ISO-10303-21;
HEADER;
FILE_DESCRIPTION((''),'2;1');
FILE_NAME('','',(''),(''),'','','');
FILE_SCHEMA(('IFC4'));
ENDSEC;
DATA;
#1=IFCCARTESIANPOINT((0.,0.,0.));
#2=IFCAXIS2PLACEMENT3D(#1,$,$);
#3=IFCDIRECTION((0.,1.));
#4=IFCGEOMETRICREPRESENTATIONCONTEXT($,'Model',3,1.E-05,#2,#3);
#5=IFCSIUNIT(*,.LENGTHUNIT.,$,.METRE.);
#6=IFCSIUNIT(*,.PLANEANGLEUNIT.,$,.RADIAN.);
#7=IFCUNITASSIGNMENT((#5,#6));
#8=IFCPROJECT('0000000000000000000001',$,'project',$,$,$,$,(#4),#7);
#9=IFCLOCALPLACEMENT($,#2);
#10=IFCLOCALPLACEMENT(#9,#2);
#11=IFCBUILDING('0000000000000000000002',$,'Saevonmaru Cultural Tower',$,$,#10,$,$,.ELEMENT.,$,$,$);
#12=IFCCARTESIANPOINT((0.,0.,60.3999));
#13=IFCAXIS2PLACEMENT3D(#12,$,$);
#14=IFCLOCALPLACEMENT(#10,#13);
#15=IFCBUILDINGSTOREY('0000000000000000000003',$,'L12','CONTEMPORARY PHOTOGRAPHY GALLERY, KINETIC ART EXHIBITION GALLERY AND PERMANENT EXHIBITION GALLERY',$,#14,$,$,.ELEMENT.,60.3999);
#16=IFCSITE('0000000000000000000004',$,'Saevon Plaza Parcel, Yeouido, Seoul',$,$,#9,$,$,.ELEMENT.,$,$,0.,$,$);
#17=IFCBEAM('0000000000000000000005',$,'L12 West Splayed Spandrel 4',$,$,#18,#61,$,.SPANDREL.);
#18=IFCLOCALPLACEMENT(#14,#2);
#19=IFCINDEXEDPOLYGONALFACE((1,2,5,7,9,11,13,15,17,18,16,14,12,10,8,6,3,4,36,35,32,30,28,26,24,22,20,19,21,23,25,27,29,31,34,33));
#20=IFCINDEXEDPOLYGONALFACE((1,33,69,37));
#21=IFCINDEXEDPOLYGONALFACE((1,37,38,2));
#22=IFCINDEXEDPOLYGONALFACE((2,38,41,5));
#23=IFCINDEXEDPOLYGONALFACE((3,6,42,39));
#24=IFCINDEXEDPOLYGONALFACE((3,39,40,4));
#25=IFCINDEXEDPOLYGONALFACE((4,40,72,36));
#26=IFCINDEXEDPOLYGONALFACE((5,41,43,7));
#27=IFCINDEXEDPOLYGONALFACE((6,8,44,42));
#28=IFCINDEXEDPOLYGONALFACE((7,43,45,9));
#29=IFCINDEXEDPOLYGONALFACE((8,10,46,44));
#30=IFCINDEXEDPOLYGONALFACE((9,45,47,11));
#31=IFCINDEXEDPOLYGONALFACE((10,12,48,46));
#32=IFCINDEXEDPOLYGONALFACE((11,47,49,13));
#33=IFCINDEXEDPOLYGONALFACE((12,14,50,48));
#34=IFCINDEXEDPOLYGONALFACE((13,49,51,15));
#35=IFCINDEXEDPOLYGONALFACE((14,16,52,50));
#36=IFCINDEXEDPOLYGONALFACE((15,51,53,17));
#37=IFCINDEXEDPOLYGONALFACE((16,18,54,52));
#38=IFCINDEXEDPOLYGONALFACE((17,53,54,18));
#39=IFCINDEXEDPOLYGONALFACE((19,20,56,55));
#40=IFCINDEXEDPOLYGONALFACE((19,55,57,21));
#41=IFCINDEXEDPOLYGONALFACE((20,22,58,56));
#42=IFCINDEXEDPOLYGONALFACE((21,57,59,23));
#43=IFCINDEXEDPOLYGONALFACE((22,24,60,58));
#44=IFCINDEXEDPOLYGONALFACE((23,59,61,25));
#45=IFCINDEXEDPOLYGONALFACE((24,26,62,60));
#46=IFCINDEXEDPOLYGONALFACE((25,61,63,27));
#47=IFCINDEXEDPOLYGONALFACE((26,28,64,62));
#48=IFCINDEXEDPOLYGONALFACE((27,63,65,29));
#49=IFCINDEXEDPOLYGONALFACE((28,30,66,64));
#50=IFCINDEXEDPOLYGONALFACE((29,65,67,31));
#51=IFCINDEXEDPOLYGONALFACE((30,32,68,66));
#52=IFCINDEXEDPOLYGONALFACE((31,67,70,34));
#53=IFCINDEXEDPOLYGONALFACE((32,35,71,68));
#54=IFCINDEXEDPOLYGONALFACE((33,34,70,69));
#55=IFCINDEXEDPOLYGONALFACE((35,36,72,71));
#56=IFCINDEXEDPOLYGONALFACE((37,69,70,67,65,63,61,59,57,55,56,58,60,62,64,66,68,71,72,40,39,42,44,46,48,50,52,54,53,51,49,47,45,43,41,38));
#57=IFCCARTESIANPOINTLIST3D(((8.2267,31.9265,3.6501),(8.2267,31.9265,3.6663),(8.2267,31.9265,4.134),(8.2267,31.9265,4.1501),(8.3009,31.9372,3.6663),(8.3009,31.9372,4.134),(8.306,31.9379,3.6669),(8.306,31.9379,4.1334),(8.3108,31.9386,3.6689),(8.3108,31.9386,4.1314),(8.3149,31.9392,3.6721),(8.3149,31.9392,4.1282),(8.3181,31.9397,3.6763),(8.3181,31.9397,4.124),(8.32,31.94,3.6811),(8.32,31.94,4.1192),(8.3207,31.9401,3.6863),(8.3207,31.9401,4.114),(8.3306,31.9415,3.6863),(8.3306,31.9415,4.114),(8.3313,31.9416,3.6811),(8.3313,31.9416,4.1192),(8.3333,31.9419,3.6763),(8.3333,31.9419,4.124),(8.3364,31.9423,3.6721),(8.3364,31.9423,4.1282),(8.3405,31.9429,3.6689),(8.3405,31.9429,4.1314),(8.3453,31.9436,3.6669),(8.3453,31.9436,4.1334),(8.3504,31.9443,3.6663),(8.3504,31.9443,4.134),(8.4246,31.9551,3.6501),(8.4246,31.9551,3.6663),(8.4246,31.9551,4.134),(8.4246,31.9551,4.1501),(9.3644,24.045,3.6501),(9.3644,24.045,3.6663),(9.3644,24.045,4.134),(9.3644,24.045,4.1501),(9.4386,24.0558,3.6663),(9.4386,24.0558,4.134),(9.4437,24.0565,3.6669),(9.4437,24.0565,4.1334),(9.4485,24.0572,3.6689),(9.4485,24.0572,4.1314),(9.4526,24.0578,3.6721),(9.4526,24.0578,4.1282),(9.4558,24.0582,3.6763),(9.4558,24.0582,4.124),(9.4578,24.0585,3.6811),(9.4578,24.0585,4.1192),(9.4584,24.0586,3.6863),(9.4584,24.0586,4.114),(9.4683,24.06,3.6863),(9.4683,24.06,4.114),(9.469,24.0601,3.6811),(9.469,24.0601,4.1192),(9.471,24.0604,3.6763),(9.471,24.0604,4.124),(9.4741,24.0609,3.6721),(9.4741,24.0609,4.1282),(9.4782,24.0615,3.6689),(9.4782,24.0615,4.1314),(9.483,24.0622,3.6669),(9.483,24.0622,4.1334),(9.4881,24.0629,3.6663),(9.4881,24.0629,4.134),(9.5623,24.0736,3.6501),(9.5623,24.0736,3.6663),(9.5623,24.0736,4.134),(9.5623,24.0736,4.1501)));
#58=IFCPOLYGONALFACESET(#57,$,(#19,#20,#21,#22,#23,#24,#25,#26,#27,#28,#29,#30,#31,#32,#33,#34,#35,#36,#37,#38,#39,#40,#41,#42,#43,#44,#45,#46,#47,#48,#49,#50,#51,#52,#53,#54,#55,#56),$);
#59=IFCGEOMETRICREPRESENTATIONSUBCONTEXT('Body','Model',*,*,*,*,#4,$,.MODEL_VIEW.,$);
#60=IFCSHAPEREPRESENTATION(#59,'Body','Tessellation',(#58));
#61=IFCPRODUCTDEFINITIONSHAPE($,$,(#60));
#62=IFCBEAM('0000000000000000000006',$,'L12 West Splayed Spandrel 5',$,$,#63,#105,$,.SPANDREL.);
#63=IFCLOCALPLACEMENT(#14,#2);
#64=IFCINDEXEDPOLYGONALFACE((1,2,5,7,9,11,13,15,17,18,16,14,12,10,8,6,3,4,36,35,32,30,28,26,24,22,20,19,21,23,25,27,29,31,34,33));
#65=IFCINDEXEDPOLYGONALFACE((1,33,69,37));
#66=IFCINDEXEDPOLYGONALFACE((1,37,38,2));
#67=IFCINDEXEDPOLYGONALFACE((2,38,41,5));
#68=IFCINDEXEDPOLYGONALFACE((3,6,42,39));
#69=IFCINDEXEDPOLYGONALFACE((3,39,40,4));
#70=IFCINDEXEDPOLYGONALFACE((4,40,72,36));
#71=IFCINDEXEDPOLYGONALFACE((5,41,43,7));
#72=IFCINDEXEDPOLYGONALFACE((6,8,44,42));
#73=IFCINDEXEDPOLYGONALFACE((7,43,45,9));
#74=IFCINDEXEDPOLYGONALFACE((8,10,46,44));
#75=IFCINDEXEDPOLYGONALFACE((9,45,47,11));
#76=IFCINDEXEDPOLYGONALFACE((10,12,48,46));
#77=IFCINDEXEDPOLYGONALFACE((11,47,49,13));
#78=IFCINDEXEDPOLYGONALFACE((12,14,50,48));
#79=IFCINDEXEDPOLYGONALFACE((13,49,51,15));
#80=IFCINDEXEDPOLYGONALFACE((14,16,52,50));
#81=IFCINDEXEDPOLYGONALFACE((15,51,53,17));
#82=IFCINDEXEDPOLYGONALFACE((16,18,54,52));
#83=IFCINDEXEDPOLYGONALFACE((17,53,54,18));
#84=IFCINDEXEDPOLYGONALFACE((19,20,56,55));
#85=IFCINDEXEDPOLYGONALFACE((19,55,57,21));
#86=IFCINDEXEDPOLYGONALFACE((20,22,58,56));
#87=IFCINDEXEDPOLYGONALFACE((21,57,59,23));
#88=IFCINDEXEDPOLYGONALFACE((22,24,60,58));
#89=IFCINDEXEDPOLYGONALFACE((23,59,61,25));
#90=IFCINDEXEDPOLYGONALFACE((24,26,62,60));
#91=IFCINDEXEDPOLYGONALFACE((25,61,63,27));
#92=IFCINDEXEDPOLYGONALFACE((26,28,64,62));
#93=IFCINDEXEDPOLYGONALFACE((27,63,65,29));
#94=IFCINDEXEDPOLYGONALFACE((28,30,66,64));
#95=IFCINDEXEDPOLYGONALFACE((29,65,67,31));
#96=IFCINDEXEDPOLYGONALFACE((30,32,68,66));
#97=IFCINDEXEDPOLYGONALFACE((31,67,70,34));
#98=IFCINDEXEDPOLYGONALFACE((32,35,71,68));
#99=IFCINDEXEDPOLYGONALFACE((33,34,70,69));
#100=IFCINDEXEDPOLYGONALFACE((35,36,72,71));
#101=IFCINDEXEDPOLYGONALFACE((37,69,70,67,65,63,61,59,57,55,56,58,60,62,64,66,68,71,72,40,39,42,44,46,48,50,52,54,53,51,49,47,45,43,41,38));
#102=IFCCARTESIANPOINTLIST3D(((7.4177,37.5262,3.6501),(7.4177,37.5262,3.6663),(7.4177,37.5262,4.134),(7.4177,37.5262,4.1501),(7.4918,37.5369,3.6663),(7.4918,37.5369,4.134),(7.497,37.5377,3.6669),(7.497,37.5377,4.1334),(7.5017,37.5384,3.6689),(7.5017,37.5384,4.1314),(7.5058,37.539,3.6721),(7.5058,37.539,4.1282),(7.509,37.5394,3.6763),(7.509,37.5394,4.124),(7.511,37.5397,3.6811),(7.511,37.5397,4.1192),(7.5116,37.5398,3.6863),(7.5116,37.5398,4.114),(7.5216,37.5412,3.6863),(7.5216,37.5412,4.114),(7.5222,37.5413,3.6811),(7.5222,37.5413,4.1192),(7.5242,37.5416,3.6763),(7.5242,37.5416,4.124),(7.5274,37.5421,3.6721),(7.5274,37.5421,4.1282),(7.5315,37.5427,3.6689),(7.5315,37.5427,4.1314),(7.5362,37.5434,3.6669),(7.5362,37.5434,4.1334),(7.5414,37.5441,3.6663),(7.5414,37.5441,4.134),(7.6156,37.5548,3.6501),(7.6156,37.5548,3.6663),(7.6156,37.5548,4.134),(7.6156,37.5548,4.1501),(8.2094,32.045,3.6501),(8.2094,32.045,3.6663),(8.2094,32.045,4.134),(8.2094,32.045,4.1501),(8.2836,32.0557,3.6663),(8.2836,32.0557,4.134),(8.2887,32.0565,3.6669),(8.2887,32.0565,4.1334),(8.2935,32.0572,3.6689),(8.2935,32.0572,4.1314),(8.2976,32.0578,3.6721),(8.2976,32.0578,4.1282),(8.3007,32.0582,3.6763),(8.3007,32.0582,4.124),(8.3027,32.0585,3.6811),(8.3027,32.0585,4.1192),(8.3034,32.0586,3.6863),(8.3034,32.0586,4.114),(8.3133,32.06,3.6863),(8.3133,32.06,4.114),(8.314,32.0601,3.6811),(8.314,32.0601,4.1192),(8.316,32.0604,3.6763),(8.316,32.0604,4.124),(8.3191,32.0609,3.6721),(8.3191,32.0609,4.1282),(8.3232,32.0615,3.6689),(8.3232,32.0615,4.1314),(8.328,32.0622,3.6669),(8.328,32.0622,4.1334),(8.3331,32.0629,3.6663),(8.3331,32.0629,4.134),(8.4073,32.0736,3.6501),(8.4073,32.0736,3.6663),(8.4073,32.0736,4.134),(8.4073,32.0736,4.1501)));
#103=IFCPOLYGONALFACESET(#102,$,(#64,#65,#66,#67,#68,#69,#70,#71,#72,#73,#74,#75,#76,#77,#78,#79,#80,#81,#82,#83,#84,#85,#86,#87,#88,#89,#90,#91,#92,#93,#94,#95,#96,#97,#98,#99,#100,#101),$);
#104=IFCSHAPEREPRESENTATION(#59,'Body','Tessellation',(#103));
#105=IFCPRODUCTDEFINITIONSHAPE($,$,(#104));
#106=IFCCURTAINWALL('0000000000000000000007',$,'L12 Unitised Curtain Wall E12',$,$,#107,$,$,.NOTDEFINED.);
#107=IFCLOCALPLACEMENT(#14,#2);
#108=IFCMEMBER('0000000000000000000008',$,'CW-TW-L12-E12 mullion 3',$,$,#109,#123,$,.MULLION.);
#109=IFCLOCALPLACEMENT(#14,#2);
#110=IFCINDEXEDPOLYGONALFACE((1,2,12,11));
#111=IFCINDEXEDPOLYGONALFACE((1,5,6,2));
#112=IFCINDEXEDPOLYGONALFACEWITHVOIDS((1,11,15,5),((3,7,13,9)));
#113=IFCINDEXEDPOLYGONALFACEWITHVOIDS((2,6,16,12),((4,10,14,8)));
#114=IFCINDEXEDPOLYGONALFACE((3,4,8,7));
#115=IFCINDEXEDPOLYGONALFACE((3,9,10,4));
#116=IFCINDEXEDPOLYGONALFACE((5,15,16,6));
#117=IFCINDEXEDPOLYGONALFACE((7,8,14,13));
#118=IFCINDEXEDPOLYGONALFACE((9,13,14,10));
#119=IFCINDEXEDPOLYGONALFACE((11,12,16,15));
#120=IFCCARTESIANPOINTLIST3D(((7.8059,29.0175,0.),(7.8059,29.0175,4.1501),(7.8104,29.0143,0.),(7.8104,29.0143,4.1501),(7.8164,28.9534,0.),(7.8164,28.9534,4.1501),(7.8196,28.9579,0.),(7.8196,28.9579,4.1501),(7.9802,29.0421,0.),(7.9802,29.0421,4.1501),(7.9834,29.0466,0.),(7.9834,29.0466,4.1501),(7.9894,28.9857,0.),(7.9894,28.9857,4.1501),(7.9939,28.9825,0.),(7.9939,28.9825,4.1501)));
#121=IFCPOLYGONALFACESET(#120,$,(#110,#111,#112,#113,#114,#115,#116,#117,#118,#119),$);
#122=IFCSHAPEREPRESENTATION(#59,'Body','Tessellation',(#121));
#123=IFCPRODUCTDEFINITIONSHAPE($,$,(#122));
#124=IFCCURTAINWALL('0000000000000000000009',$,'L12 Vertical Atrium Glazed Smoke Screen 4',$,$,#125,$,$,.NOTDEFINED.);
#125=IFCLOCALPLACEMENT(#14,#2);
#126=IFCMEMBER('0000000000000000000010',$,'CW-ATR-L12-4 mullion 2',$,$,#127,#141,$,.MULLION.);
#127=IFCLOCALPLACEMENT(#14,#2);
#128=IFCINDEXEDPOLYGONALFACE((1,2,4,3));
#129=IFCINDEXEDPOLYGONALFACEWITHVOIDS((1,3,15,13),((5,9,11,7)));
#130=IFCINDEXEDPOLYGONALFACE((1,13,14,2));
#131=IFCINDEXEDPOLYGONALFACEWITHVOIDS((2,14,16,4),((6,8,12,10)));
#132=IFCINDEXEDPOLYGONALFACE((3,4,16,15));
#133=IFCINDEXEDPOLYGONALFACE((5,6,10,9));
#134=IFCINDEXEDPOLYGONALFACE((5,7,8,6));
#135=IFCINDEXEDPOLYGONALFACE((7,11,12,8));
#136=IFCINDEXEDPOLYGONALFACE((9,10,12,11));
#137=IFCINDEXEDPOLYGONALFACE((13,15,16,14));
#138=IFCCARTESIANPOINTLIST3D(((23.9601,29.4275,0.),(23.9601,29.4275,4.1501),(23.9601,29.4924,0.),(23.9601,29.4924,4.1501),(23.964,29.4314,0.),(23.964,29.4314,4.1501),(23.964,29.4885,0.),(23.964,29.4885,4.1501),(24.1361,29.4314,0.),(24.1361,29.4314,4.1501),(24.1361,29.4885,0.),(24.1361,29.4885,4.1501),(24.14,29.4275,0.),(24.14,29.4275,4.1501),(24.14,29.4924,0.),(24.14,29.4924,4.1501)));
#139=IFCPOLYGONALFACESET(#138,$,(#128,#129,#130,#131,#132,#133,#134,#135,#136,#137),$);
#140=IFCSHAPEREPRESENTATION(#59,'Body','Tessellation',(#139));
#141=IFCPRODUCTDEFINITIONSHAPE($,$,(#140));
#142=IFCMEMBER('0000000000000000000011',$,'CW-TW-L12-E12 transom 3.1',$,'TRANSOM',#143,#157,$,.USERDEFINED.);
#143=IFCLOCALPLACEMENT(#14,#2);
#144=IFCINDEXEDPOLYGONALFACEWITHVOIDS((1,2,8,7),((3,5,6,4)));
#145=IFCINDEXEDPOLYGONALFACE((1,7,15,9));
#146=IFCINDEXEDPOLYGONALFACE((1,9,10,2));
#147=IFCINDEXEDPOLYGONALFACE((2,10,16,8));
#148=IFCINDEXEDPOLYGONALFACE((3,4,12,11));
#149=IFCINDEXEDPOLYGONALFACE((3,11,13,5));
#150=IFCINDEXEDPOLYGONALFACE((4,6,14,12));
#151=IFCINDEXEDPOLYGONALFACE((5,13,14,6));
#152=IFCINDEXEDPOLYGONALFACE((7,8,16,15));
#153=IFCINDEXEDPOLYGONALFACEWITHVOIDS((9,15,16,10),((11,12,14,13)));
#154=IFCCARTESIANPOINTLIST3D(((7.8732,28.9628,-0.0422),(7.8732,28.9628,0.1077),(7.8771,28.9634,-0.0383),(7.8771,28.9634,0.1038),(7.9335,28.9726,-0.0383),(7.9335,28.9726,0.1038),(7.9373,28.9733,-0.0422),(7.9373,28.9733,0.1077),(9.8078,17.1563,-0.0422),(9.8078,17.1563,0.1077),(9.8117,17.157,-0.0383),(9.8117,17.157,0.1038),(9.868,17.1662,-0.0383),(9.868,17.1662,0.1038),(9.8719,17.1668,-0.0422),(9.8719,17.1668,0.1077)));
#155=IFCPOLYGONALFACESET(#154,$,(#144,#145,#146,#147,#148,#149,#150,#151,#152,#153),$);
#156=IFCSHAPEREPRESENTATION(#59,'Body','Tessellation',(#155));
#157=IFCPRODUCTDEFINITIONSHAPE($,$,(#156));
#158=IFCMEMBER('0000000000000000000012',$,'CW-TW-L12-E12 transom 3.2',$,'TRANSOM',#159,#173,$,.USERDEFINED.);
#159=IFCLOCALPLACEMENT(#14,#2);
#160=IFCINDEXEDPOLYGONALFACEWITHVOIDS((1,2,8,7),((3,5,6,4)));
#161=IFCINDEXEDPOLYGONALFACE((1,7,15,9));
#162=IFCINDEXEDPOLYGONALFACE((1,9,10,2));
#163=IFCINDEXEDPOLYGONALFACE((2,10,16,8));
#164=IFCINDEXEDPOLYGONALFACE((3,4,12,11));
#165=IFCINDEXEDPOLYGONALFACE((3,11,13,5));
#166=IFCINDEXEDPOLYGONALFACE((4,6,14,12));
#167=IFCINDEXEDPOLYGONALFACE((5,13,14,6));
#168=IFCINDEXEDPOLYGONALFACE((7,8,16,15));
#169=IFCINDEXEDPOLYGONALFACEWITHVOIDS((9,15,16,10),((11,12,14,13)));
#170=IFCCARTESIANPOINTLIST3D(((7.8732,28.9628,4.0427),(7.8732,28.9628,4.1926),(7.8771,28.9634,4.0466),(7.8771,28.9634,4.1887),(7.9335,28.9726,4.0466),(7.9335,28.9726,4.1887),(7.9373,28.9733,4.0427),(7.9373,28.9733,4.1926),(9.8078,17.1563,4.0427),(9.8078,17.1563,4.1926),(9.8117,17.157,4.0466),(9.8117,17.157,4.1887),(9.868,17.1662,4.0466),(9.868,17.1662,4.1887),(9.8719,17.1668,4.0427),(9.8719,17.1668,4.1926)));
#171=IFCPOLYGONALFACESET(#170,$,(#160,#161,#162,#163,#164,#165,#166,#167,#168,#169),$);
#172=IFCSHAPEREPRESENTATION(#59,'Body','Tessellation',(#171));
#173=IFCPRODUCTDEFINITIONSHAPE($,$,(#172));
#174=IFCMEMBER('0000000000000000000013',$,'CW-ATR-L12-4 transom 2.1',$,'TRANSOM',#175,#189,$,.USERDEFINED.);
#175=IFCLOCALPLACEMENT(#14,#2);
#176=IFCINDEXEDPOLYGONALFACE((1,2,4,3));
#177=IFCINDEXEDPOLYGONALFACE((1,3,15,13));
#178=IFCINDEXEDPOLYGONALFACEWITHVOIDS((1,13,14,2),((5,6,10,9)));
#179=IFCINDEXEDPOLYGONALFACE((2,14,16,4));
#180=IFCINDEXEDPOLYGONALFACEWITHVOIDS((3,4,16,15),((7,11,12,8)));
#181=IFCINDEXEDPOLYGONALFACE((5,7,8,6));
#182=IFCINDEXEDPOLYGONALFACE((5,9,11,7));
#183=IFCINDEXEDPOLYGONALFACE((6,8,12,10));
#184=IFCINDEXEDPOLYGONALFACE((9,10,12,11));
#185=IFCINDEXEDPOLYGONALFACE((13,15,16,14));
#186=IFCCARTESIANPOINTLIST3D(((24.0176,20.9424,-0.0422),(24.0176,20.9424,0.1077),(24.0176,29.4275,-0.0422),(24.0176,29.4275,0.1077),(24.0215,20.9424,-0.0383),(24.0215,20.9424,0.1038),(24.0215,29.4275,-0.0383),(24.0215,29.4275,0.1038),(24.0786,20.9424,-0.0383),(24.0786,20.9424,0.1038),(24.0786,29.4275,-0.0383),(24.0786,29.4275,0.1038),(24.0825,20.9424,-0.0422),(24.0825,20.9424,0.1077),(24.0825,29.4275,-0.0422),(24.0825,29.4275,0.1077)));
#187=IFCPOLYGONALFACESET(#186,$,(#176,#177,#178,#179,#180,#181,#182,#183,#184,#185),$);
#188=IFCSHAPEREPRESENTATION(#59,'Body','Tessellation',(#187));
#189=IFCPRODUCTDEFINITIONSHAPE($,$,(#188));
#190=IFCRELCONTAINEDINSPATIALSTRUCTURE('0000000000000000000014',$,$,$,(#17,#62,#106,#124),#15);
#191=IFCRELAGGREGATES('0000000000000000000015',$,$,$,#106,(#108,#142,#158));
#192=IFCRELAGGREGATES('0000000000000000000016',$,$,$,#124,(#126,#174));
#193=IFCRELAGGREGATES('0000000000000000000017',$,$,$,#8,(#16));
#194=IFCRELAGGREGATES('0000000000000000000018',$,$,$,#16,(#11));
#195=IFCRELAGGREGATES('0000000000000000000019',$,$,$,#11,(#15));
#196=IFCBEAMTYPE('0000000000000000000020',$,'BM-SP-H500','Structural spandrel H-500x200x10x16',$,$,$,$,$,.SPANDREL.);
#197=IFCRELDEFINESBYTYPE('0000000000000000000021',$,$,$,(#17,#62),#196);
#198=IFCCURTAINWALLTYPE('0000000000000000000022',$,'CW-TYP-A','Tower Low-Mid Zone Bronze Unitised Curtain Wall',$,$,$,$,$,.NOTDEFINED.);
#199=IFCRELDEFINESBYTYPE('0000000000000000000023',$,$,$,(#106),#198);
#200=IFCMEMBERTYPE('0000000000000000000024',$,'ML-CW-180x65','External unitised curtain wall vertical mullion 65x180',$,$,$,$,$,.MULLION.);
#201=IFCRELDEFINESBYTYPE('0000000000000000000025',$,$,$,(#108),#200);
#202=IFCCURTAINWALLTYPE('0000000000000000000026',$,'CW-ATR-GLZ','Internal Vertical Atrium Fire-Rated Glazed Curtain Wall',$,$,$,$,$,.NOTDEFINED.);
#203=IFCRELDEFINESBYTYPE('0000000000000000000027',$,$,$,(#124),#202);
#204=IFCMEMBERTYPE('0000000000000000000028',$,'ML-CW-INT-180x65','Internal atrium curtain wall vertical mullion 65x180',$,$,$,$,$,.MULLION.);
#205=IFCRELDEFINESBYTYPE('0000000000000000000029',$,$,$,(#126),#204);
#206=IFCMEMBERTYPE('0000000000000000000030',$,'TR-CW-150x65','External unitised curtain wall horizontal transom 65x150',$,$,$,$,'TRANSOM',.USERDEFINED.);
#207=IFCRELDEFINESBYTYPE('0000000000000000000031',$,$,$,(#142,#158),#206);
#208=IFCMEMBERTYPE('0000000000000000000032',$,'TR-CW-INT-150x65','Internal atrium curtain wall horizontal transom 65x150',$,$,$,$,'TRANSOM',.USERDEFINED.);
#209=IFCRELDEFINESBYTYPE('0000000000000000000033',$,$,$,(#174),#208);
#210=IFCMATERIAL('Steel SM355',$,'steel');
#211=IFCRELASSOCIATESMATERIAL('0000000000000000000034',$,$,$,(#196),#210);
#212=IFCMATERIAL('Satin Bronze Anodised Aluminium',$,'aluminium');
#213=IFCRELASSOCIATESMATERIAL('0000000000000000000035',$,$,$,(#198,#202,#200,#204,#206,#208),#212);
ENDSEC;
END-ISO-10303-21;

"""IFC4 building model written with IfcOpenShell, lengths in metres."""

from ifc_helpers import new_model, si_unit, direction, frame, origin, origin_2d, place, context, subcontext, project, spatial, hollow_rectangle, i_section, extrude, material, material_profile, profile_set, type_object, element, aggregate, save


model = new_model("IFC4")

# Units and contexts
model_context = context("Model", 3, precision=1e-05, world=origin(), true_north=direction((0.0, 1.0)))
body_context = subcontext(model_context, "Body", "Model", "MODEL_VIEW")
ifc_project = project(units=[si_unit("LENGTHUNIT", "METRE"), si_unit("PLANEANGLEUNIT", "RADIAN")], contexts=[model_context])

# Site, building, storey
site_placement = place(None, origin())
site = spatial("IfcSite", under=ifc_project, at=site_placement, Name="Saevon Plaza Parcel, Yeouido, Seoul", CompositionType="ELEMENT", RefElevation=0.0)
building_placement = place(site_placement, origin())
building = spatial("IfcBuilding", under=site, at=building_placement, Name="Saevonmaru Cultural Tower", CompositionType="ELEMENT")
storey_placement = place(building_placement, frame((0.0, 0.0, 60.3999)))
storey = spatial("IfcBuildingStorey", under=building, at=storey_placement, Name="L12", Description="CONTEMPORARY PHOTOGRAPHY GALLERY, KINETIC ART EXHIBITION GALLERY AND PERMANENT EXHIBITION GALLERY", CompositionType="ELEMENT", Elevation=60.3999)

# Beams
ifc_material_1 = material(Name="Steel SM355", Category="steel")
ifc_material_profile_1 = material_profile(ifc_material_1, i_section(OverallWidth=0.2, OverallDepth=0.5, WebThickness=0.01, FlangeThickness=0.0161, FilletRadius=0.02, at=origin_2d()), Name="H-500x200x10x16")
ifc_profile_set_1 = profile_set([ifc_material_profile_1], Name="Steel SM355")
beam_type_1 = type_object("IfcBeamType", Name="BM-SP-H500", Description="Structural spandrel H-500x200x10x16", PredefinedType="SPANDREL", material=ifc_profile_set_1)
beam_1_placement = place(storey_placement, frame((9.4634, 24.0593, 3.9001), z_axis=(-0.142872, 0.989741, 0.0), x_axis=(-0.989741, -0.142872, 0.0)))
element("IfcBeam", 1, at=beam_1_placement, inside=storey, type_object=beam_type_1, Name="L12 West Splayed Spandrel 4", PredefinedType="SPANDREL", context=body_context, shape_type="SweptSolid", body=[
    extrude(i_section(OverallWidth=0.2, OverallDepth=0.5, WebThickness=0.01, FlangeThickness=0.0161, FilletRadius=0.02, at=origin_2d()), origin(), (0.0, 0.0, 1.0), 7.9631),
])
beam_2_placement = place(storey_placement, frame((8.3083, 32.0593, 3.9001), z_axis=(-0.142964, 0.989728, 0.0), x_axis=(-0.989728, -0.142964, 0.0)))
element("IfcBeam", 2, at=beam_2_placement, inside=storey, type_object=beam_type_1, Name="L12 West Splayed Spandrel 5", PredefinedType="SPANDREL", context=body_context, shape_type="SweptSolid", body=[
    extrude(i_section(OverallWidth=0.2, OverallDepth=0.5, WebThickness=0.01, FlangeThickness=0.0161, FilletRadius=0.02, at=origin_2d()), origin(), (0.0, 0.0, 1.0), 5.5381),
])

# Curtain walls, members
ifc_material_2 = material(Name="Satin Bronze Anodised Aluminium", Category="aluminium")
curtain_wall_type_1 = type_object("IfcCurtainWallType", Name="CW-TYP-A", Description="Tower Low-Mid Zone Bronze Unitised Curtain Wall", PredefinedType="NOTDEFINED", material=ifc_material_2)
curtain_wall_1_placement = place(storey_placement, origin())
curtain_wall_1 = element("IfcCurtainWall", 3, at=curtain_wall_1_placement, inside=storey, type_object=curtain_wall_type_1, Name="L12 Unitised Curtain Wall E12", PredefinedType="NOTDEFINED")
ifc_material_profile_2 = material_profile(ifc_material_2, hollow_rectangle(XDim=0.0649, YDim=0.1799, WallThickness=0.0039, at=origin_2d()), Name="ALU-MULL-180x65x4")
ifc_profile_set_2 = profile_set([ifc_material_profile_2], Name="Satin Bronze Anodised Aluminium")
member_type_1 = type_object("IfcMemberType", Name="ML-CW-180x65", Description="External unitised curtain wall vertical mullion 65x180", PredefinedType="MULLION", material=ifc_profile_set_2)
member_1_placement = place(storey_placement, frame((7.8999, 29.0, 0.0), z_axis=(0.0, 0.0, 1.0), x_axis=(0.161709, -0.986839, 0.0)))
member_1 = element("IfcMember", 4, at=member_1_placement, type_object=member_type_1, Name="CW-TW-L12-E12 mullion 3", PredefinedType="MULLION", context=body_context, shape_type="SweptSolid", body=[
    extrude(hollow_rectangle(XDim=0.0649, YDim=0.1799, WallThickness=0.0039, at=origin_2d()), origin(), (0.0, 0.0, 1.0), 4.1501),
])
curtain_wall_type_2 = type_object("IfcCurtainWallType", Name="CW-ATR-GLZ", Description="Internal Vertical Atrium Fire-Rated Glazed Curtain Wall", PredefinedType="NOTDEFINED", material=ifc_material_2)
curtain_wall_2_placement = place(storey_placement, origin())
curtain_wall_2 = element("IfcCurtainWall", 5, at=curtain_wall_2_placement, inside=storey, type_object=curtain_wall_type_2, Name="L12 Vertical Atrium Glazed Smoke Screen 4", PredefinedType="NOTDEFINED")
ifc_material_profile_3 = material_profile(ifc_material_2, hollow_rectangle(XDim=0.0649, YDim=0.1799, WallThickness=0.0039, at=origin_2d()), Name="ALU-MULL-180x65x4")
ifc_profile_set_3 = profile_set([ifc_material_profile_3], Name="Satin Bronze Anodised Aluminium")
member_type_2 = type_object("IfcMemberType", Name="ML-CW-INT-180x65", Description="Internal atrium curtain wall vertical mullion 65x180", PredefinedType="MULLION", material=ifc_profile_set_3)
member_2_placement = place(storey_placement, frame((24.05, 29.46, 0.0), z_axis=(0.0, 0.0, 1.0), x_axis=(0.0, -1.0, 0.0)))
member_2 = element("IfcMember", 6, at=member_2_placement, type_object=member_type_2, Name="CW-ATR-L12-4 mullion 2", PredefinedType="MULLION", context=body_context, shape_type="SweptSolid", body=[
    extrude(hollow_rectangle(XDim=0.0649, YDim=0.1799, WallThickness=0.0039, at=origin_2d()), origin(), (0.0, 0.0, 1.0), 4.1501),
])

# Members
ifc_material_profile_4 = material_profile(ifc_material_2, hollow_rectangle(XDim=0.0649, YDim=0.1499, WallThickness=0.0039, at=origin_2d()), Name="ALU-TRAN-150x65x4")
ifc_profile_set_4 = profile_set([ifc_material_profile_4], Name="Satin Bronze Anodised Aluminium")
member_type_3 = type_object("IfcMemberType", Name="TR-CW-150x65", Description="External unitised curtain wall horizontal transom 65x150", ElementType="TRANSOM", PredefinedType="USERDEFINED", material=ifc_profile_set_4)
member_3_placement = place(storey_placement, frame((7.9053, 28.968, 0.0327), z_axis=(0.161701, -0.98684, 0.0), x_axis=(0.98684, 0.161701, 0.0)))
member_3 = element("IfcMember", 7, at=member_3_placement, type_object=member_type_3, Name="CW-TW-L12-E12 transom 3.1", ObjectType="TRANSOM", PredefinedType="USERDEFINED", context=body_context, shape_type="SweptSolid", body=[
    extrude(hollow_rectangle(XDim=0.0649, YDim=0.1499, WallThickness=0.0039, at=origin_2d()), origin(), (0.0, 0.0, 1.0), 11.9639),
])
member_4_placement = place(storey_placement, frame((7.9053, 28.968, 4.1177), z_axis=(0.161701, -0.98684, 0.0), x_axis=(0.98684, 0.161701, 0.0)))
member_4 = element("IfcMember", 8, at=member_4_placement, type_object=member_type_3, Name="CW-TW-L12-E12 transom 3.2", ObjectType="TRANSOM", PredefinedType="USERDEFINED", context=body_context, shape_type="SweptSolid", body=[
    extrude(hollow_rectangle(XDim=0.0649, YDim=0.1499, WallThickness=0.0039, at=origin_2d()), origin(), (0.0, 0.0, 1.0), 11.9639),
])
aggregate(curtain_wall_1, [member_1, member_3, member_4])
ifc_material_profile_5 = material_profile(ifc_material_2, hollow_rectangle(XDim=0.0649, YDim=0.1499, WallThickness=0.0039, at=origin_2d()), Name="ALU-TRAN-150x65x4")
ifc_profile_set_5 = profile_set([ifc_material_profile_5], Name="Satin Bronze Anodised Aluminium")
member_type_4 = type_object("IfcMemberType", Name="TR-CW-INT-150x65", Description="Internal atrium curtain wall horizontal transom 65x150", ElementType="TRANSOM", PredefinedType="USERDEFINED", material=ifc_profile_set_5)
member_5_placement = place(storey_placement, frame((24.05, 29.4275, 0.0327), z_axis=(0.0, -1.0, 0.0), x_axis=(1.0, 0.0, 0.0)))
member_5 = element("IfcMember", 9, at=member_5_placement, type_object=member_type_4, Name="CW-ATR-L12-4 transom 2.1", ObjectType="TRANSOM", PredefinedType="USERDEFINED", context=body_context, shape_type="SweptSolid", body=[
    extrude(hollow_rectangle(XDim=0.0649, YDim=0.1499, WallThickness=0.0039, at=origin_2d()), origin(), (0.0, 0.0, 1.0), 8.4851),
])

aggregate(curtain_wall_2, [member_2, member_5])

save(model, "model.ifc")
